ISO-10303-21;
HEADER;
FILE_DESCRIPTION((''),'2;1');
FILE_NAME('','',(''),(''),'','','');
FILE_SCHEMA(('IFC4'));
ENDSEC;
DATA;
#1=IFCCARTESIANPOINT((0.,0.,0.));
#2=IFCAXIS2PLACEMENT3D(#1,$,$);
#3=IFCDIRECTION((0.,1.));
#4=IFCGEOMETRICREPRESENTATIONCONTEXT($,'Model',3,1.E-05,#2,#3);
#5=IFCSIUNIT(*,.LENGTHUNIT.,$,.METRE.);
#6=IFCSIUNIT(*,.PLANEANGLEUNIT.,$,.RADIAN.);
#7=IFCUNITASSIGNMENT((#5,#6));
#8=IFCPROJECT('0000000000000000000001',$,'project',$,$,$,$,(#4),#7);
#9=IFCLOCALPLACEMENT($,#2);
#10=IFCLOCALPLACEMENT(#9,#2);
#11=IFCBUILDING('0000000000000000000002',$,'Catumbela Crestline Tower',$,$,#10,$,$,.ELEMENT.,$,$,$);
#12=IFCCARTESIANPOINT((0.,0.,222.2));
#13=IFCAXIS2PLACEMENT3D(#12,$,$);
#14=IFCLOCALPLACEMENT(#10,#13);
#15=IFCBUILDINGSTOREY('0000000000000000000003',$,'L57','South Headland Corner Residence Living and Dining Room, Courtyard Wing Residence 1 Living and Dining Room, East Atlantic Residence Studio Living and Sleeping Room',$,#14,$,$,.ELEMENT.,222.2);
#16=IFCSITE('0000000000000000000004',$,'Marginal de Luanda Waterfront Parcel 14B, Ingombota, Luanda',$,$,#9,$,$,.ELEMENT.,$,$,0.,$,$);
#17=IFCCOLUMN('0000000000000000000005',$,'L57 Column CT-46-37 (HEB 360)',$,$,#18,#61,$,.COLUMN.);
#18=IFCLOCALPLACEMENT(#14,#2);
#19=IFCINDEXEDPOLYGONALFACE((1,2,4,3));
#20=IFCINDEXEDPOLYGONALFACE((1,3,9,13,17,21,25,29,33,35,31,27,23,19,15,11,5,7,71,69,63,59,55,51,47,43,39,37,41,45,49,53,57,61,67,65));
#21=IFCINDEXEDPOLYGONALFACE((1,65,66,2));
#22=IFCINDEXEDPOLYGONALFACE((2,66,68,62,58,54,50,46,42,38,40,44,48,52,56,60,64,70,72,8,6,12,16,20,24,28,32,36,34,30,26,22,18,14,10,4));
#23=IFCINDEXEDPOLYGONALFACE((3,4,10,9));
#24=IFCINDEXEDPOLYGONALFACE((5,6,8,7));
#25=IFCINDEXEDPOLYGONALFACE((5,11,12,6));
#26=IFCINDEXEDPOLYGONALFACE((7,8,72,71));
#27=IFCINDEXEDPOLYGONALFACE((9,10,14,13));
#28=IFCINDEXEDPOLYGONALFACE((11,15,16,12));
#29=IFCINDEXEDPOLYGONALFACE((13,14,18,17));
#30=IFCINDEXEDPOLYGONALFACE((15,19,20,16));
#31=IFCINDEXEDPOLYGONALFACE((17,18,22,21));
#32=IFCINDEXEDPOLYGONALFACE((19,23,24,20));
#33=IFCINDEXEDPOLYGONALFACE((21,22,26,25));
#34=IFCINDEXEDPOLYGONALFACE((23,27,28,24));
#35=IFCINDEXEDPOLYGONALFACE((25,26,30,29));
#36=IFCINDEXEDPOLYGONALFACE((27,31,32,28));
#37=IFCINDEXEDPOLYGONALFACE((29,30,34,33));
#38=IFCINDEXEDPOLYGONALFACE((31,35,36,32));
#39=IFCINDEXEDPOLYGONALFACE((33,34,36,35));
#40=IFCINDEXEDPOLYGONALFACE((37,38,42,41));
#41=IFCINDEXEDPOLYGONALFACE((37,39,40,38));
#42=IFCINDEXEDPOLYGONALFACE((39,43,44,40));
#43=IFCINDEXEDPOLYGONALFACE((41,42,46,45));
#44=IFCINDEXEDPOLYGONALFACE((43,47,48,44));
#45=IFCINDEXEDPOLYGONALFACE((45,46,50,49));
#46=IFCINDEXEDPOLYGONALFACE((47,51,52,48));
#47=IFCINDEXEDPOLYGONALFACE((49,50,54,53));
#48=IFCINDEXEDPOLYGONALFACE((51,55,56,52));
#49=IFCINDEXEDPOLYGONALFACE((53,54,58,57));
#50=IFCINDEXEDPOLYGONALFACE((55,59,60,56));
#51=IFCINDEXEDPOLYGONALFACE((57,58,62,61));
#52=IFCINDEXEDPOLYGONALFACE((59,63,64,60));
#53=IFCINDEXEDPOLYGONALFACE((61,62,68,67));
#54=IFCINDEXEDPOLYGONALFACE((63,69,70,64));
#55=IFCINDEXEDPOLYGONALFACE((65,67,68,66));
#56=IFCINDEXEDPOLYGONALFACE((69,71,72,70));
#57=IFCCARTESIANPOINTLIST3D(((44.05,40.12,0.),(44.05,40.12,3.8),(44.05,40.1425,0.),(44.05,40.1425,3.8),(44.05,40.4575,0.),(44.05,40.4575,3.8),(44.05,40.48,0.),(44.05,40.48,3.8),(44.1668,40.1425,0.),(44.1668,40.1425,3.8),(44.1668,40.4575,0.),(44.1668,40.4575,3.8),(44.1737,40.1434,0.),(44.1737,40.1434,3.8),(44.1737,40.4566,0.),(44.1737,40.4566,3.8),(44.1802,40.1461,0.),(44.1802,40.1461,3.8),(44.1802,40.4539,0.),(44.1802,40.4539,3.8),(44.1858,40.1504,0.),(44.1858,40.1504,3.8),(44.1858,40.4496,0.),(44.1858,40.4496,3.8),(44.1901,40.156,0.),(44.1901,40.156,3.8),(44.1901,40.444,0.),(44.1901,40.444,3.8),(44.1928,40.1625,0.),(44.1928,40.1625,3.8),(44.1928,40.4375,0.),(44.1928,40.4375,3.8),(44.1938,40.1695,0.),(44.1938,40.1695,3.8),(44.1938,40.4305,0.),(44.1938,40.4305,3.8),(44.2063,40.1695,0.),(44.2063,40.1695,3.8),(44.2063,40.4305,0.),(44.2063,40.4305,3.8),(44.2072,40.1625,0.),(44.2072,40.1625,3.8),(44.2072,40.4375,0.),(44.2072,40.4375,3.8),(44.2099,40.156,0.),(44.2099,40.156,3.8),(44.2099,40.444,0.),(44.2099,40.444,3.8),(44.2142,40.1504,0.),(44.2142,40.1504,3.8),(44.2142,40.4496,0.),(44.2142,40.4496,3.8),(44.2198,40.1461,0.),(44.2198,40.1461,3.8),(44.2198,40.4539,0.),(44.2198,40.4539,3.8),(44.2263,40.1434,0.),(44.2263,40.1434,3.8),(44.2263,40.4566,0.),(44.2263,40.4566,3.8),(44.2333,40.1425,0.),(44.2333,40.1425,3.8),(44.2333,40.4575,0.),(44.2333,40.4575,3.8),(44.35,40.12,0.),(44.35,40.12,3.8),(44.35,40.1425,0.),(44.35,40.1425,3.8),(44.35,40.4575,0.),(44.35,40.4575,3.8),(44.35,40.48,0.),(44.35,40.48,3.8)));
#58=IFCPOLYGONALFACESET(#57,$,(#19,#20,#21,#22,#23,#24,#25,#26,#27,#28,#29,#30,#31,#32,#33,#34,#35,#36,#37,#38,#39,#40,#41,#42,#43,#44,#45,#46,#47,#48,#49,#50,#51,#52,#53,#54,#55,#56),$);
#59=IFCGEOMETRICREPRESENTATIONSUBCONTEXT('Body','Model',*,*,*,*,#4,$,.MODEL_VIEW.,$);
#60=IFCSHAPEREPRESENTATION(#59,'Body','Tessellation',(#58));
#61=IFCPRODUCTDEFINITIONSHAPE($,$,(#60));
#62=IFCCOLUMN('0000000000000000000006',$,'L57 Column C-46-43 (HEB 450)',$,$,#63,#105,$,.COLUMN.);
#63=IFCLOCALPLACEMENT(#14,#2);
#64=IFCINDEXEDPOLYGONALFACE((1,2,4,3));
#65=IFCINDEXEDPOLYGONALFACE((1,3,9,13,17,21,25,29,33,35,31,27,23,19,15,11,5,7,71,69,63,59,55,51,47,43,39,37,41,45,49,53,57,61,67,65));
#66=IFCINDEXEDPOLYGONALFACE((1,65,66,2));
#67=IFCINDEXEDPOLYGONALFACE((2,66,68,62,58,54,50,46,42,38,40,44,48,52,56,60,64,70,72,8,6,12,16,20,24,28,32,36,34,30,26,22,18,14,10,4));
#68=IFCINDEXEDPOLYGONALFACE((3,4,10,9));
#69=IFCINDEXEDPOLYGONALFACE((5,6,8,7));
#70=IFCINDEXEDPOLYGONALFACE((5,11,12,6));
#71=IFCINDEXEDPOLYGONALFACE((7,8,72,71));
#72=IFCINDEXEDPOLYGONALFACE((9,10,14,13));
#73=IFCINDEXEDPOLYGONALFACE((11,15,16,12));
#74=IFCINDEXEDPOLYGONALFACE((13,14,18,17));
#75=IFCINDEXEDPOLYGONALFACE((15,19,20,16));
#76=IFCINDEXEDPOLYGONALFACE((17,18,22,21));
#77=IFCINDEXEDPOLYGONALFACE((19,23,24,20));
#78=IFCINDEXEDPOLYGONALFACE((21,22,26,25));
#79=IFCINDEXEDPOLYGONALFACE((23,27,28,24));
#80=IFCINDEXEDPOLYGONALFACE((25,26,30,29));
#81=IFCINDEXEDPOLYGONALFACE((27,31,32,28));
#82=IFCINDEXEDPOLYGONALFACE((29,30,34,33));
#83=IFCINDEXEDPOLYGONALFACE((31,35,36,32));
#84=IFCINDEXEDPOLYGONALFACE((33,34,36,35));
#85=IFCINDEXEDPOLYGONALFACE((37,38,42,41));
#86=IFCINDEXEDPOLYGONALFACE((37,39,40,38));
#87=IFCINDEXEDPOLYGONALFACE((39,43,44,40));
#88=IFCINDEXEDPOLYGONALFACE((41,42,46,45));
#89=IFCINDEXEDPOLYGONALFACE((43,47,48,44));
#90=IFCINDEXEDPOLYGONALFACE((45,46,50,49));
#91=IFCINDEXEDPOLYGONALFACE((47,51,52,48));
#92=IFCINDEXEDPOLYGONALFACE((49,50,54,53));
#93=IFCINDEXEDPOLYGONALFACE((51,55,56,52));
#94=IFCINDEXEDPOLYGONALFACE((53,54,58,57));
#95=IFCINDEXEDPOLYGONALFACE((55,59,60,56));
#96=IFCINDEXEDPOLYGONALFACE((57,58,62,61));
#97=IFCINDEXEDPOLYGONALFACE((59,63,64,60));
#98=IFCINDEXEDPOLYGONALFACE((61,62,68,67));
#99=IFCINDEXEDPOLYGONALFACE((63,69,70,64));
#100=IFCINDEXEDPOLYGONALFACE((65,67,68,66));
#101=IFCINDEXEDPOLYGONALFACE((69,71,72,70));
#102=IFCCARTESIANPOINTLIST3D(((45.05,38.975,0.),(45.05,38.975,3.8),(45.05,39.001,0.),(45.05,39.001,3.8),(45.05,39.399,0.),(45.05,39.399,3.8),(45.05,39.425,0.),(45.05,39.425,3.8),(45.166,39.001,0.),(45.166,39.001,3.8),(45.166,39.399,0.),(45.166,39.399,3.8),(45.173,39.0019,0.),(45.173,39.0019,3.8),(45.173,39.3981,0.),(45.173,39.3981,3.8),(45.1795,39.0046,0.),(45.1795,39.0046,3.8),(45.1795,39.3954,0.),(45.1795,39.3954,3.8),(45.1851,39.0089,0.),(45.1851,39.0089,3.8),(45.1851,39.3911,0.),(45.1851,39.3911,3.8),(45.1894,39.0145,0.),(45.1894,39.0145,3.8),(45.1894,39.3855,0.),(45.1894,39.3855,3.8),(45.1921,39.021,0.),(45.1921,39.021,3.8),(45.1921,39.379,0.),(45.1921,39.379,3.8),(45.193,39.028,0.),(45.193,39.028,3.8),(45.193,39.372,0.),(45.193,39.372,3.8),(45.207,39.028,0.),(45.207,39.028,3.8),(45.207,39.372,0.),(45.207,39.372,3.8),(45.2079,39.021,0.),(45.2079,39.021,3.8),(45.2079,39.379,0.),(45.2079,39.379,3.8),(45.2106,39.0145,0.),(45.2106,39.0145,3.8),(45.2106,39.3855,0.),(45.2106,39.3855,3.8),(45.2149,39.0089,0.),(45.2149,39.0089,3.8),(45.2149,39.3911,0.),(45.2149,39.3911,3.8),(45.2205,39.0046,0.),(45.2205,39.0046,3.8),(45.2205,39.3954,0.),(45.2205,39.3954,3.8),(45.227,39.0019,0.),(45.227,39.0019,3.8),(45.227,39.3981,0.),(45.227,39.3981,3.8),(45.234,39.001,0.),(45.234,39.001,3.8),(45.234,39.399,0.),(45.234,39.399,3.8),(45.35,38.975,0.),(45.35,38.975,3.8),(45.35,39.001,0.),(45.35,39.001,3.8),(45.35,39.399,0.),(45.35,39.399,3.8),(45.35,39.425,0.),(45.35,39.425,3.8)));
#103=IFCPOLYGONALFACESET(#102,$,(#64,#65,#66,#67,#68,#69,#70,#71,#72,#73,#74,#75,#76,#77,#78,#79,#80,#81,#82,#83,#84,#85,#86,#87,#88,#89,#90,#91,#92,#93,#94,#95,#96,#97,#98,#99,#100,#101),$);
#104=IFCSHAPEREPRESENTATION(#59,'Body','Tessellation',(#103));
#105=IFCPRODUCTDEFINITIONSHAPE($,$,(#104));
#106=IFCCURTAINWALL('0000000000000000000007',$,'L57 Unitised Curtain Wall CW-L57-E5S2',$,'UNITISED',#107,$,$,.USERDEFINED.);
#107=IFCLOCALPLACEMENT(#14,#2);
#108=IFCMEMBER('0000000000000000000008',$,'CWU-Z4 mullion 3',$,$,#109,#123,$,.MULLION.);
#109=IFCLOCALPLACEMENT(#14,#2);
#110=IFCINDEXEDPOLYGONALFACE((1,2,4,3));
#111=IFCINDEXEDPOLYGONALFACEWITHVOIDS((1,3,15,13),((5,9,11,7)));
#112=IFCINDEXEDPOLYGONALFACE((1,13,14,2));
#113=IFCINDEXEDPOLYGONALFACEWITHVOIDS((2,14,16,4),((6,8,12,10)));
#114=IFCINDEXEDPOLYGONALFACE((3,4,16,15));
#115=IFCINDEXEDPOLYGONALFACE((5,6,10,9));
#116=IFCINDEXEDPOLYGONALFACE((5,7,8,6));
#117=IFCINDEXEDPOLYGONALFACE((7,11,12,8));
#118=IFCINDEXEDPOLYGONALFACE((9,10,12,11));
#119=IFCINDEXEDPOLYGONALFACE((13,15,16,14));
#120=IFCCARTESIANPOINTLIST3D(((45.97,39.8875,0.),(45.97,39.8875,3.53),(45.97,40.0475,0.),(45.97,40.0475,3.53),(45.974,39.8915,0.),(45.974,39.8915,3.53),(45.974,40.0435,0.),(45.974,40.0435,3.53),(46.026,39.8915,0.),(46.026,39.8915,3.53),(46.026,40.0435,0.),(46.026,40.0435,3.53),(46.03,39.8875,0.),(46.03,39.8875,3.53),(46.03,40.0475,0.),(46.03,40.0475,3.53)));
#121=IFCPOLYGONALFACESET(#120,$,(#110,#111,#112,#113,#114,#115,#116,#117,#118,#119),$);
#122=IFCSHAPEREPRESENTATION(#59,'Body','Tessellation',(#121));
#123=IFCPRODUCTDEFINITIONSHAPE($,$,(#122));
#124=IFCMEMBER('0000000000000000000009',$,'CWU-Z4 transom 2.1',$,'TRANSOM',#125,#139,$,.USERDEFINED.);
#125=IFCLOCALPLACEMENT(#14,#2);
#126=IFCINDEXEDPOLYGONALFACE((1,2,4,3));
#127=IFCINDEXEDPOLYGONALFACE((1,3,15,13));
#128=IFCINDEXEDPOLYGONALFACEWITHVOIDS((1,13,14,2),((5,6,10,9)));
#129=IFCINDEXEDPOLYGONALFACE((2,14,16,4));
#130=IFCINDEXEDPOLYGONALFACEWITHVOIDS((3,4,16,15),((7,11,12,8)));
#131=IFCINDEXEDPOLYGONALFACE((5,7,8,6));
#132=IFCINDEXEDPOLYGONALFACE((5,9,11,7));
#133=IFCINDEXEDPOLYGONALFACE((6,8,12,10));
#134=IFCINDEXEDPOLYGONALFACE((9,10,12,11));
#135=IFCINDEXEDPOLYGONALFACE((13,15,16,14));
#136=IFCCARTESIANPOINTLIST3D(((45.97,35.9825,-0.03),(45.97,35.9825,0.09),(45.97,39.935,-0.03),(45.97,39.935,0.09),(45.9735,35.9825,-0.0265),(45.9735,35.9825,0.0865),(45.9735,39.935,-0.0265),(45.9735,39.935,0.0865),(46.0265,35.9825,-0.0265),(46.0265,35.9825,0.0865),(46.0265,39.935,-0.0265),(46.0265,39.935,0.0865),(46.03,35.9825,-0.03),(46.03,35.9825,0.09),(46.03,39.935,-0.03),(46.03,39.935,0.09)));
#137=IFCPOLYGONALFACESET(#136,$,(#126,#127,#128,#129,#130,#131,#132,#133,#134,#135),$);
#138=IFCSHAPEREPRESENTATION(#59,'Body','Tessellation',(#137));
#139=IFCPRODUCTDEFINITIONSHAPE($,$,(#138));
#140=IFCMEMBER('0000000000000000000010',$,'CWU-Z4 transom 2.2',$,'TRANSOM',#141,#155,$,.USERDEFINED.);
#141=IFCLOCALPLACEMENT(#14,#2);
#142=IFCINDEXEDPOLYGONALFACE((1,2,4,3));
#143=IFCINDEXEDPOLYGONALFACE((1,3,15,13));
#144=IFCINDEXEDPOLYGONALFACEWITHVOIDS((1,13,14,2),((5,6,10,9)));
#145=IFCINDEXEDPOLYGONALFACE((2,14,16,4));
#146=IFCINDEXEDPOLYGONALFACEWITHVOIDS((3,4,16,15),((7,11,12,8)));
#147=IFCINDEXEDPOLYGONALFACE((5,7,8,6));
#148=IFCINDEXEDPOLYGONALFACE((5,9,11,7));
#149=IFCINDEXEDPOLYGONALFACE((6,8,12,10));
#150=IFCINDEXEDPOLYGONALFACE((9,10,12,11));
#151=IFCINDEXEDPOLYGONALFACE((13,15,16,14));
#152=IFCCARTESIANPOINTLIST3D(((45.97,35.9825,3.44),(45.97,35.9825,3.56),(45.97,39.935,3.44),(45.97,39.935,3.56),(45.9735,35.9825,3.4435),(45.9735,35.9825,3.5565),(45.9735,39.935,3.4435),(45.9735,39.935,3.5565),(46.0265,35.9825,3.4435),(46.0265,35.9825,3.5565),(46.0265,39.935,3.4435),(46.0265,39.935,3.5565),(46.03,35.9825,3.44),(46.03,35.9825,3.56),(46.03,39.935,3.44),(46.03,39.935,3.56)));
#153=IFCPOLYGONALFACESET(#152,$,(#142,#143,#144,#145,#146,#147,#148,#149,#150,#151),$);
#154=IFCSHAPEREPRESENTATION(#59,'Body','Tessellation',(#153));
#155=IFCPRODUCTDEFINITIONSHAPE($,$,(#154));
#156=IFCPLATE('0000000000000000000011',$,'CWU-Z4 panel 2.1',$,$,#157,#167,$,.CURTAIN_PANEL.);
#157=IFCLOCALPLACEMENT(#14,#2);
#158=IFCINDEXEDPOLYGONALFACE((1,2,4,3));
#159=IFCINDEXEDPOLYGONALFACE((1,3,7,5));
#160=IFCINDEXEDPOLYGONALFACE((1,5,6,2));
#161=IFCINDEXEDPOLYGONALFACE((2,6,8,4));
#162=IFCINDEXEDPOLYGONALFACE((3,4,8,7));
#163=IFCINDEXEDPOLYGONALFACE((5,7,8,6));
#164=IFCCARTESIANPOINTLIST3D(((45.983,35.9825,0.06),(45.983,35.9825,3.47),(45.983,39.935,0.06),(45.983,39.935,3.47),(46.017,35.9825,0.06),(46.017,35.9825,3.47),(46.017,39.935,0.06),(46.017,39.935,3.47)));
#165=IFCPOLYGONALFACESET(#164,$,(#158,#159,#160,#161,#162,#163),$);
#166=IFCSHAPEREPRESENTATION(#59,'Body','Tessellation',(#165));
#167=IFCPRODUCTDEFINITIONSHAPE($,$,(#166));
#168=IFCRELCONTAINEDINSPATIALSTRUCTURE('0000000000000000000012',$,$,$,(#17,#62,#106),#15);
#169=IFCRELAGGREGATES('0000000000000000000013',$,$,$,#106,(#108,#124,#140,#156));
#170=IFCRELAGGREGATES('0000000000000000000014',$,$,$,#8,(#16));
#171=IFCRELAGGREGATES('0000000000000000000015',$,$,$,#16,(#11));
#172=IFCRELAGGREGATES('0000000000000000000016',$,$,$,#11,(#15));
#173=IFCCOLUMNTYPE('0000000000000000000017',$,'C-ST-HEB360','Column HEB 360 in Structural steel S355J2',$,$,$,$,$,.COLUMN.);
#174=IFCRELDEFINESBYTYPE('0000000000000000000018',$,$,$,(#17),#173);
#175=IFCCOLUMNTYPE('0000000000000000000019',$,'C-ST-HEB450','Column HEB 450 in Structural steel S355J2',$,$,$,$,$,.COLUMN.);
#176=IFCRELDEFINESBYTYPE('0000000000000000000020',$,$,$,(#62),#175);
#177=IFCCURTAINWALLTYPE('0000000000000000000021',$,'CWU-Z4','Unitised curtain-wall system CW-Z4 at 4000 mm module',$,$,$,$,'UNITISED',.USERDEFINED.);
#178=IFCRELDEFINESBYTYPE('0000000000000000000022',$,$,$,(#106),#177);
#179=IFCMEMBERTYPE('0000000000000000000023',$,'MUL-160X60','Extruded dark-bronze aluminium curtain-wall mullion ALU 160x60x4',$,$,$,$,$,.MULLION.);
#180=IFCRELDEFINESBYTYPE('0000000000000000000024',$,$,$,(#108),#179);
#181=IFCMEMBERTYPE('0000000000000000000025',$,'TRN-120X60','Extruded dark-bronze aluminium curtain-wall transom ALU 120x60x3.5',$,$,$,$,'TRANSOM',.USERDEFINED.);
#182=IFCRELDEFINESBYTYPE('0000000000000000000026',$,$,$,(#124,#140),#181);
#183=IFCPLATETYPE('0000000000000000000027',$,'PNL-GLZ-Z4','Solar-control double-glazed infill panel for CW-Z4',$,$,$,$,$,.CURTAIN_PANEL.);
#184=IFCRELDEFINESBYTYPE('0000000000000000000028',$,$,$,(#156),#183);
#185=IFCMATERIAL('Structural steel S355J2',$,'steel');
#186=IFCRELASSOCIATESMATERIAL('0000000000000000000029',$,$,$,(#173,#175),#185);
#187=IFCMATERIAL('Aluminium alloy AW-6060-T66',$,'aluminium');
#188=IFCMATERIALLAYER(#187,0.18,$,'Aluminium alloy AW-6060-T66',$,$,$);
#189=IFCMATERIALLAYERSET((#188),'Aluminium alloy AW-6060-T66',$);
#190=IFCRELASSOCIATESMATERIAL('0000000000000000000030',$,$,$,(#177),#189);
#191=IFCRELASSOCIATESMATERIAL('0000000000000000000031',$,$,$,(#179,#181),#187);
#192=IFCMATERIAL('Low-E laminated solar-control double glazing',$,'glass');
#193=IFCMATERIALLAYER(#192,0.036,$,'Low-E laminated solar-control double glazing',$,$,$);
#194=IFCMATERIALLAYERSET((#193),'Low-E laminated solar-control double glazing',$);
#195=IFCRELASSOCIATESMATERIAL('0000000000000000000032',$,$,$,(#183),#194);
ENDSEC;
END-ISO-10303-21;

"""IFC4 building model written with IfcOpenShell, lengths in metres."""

from ifc_helpers import new_model, si_unit, direction, frame, origin, origin_2d, place, context, subcontext, project, spatial, rectangle, hollow_rectangle, i_section, extrude, material, layer, layer_set, material_profile, profile_set, type_object, element, aggregate, save


model = new_model("IFC4")

# Units and contexts
model_context = context("Model", 3, precision=1e-05, world=origin(), true_north=direction((0.0, 1.0)))
body_context = subcontext(model_context, "Body", "Model", "MODEL_VIEW")
ifc_project = project(units=[si_unit("LENGTHUNIT", "METRE"), si_unit("PLANEANGLEUNIT", "RADIAN")], contexts=[model_context])

# Site, building, storey
site_placement = place(None, origin())
site = spatial("IfcSite", under=ifc_project, at=site_placement, Name="Marginal de Luanda Waterfront Parcel 14B, Ingombota, Luanda", CompositionType="ELEMENT", RefElevation=0.0)
building_placement = place(site_placement, origin())
building = spatial("IfcBuilding", under=site, at=building_placement, Name="Catumbela Crestline Tower", CompositionType="ELEMENT")
storey_placement = place(building_placement, frame((0.0, 0.0, 222.2)))
storey = spatial("IfcBuildingStorey", under=building, at=storey_placement, Name="L57", Description="South Headland Corner Residence Living and Dining Room, Courtyard Wing Residence 1 Living and Dining Room, East Atlantic Residence Studio Living and Sleeping Room", CompositionType="ELEMENT", Elevation=222.2)

# Columns
ifc_material_1 = material(Name="Structural steel S355J2", Category="steel")
ifc_material_profile_1 = material_profile(ifc_material_1, i_section(OverallWidth=0.3, OverallDepth=0.36, WebThickness=0.0125, FlangeThickness=0.0225, FilletRadius=0.027, at=origin_2d()), Name="HEB 360")
ifc_profile_set_1 = profile_set([ifc_material_profile_1], Name="Structural steel S355J2")
column_type_1 = type_object("IfcColumnType", Name="C-ST-HEB360", Description="Column HEB 360 in Structural steel S355J2", PredefinedType="COLUMN", material=ifc_profile_set_1)
column_1_placement = place(storey_placement, frame((44.2, 40.3, 0.0), z_axis=(0.0, 0.0, 1.0), x_axis=(1.0, 0.0, 0.0)))
element("IfcColumn", 1, at=column_1_placement, inside=storey, type_object=column_type_1, Name="L57 Column CT-46-37 (HEB 360)", PredefinedType="COLUMN", context=body_context, shape_type="SweptSolid", body=[
    extrude(i_section(OverallWidth=0.3, OverallDepth=0.36, WebThickness=0.0125, FlangeThickness=0.0225, FilletRadius=0.027, at=origin_2d()), origin(), (0.0, 0.0, 1.0), 3.8),
])
ifc_material_profile_2 = material_profile(ifc_material_1, i_section(OverallWidth=0.3, OverallDepth=0.45, WebThickness=0.014, FlangeThickness=0.026, FilletRadius=0.027, at=origin_2d()), Name="HEB 450")
ifc_profile_set_2 = profile_set([ifc_material_profile_2], Name="Structural steel S355J2")
column_type_2 = type_object("IfcColumnType", Name="C-ST-HEB450", Description="Column HEB 450 in Structural steel S355J2", PredefinedType="COLUMN", material=ifc_profile_set_2)
column_2_placement = place(storey_placement, frame((45.2, 39.2, 0.0), z_axis=(0.0, 0.0, 1.0), x_axis=(1.0, 0.0, 0.0)))
element("IfcColumn", 2, at=column_2_placement, inside=storey, type_object=column_type_2, Name="L57 Column C-46-43 (HEB 450)", PredefinedType="COLUMN", context=body_context, shape_type="SweptSolid", body=[
    extrude(i_section(OverallWidth=0.3, OverallDepth=0.45, WebThickness=0.014, FlangeThickness=0.026, FilletRadius=0.027, at=origin_2d()), origin(), (0.0, 0.0, 1.0), 3.8),
])

# Curtain wall, members, plate
ifc_material_2 = material(Name="Aluminium alloy AW-6060-T66", Category="aluminium")
ifc_layer_1 = layer(ifc_material_2, 0.18, Name="Aluminium alloy AW-6060-T66")
ifc_layer_set_1 = layer_set([ifc_layer_1], Name="Aluminium alloy AW-6060-T66")
curtain_wall_type = type_object("IfcCurtainWallType", Name="CWU-Z4", Description="Unitised curtain-wall system CW-Z4 at 4000 mm module", ElementType="UNITISED", PredefinedType="USERDEFINED", material=ifc_layer_set_1)
curtain_wall_placement = place(storey_placement, origin())
curtain_wall = element("IfcCurtainWall", 3, at=curtain_wall_placement, inside=storey, type_object=curtain_wall_type, Name="L57 Unitised Curtain Wall CW-L57-E5S2", ObjectType="UNITISED", PredefinedType="USERDEFINED")
ifc_material_profile_3 = material_profile(ifc_material_2, hollow_rectangle(XDim=0.06, YDim=0.16, WallThickness=0.004, at=origin_2d()), Name="ALU 160x60x4")
ifc_profile_set_3 = profile_set([ifc_material_profile_3], Name="Aluminium alloy AW-6060-T66")
member_type_1 = type_object("IfcMemberType", Name="MUL-160X60", Description="Extruded dark-bronze aluminium curtain-wall mullion ALU 160x60x4", PredefinedType="MULLION", material=ifc_profile_set_3)
member_1_placement = place(storey_placement, frame((46.0, 39.9675, 0.0), z_axis=(0.0, 0.0, 1.0), x_axis=(-1.0, 0.0, 0.0)))
member_1 = element("IfcMember", 4, at=member_1_placement, type_object=member_type_1, Name="CWU-Z4 mullion 3", PredefinedType="MULLION", context=body_context, shape_type="SweptSolid", body=[
    extrude(hollow_rectangle(XDim=0.06, YDim=0.16, WallThickness=0.004, at=origin_2d()), origin(), (0.0, 0.0, 1.0), 3.53),
])
ifc_material_profile_4 = material_profile(ifc_material_2, hollow_rectangle(XDim=0.06, YDim=0.12, WallThickness=0.0035, at=origin_2d()), Name="ALU 120x60x3.5")
ifc_profile_set_4 = profile_set([ifc_material_profile_4], Name="Aluminium alloy AW-6060-T66")
member_type_2 = type_object("IfcMemberType", Name="TRN-120X60", Description="Extruded dark-bronze aluminium curtain-wall transom ALU 120x60x3.5", ElementType="TRANSOM", PredefinedType="USERDEFINED", material=ifc_profile_set_4)
member_2_placement = place(storey_placement, frame((46.0, 35.9825, 0.03), z_axis=(0.0, 1.0, 0.0), x_axis=(-1.0, 0.0, 0.0)))
member_2 = element("IfcMember", 5, at=member_2_placement, type_object=member_type_2, Name="CWU-Z4 transom 2.1", ObjectType="TRANSOM", PredefinedType="USERDEFINED", context=body_context, shape_type="SweptSolid", body=[
    extrude(hollow_rectangle(XDim=0.06, YDim=0.12, WallThickness=0.0035, at=origin_2d()), origin(), (0.0, 0.0, 1.0), 3.9525),
])
member_3_placement = place(storey_placement, frame((46.0, 35.9825, 3.5), z_axis=(0.0, 1.0, 0.0), x_axis=(-1.0, 0.0, 0.0)))
member_3 = element("IfcMember", 6, at=member_3_placement, type_object=member_type_2, Name="CWU-Z4 transom 2.2", ObjectType="TRANSOM", PredefinedType="USERDEFINED", context=body_context, shape_type="SweptSolid", body=[
    extrude(hollow_rectangle(XDim=0.06, YDim=0.12, WallThickness=0.0035, at=origin_2d()), origin(), (0.0, 0.0, 1.0), 3.9525),
])
ifc_material_3 = material(Name="Low-E laminated solar-control double glazing", Category="glass")
ifc_layer_2 = layer(ifc_material_3, 0.036, Name="Low-E laminated solar-control double glazing")
ifc_layer_set_2 = layer_set([ifc_layer_2], Name="Low-E laminated solar-control double glazing")
plate_type = type_object("IfcPlateType", Name="PNL-GLZ-Z4", Description="Solar-control double-glazed infill panel for CW-Z4", PredefinedType="CURTAIN_PANEL", material=ifc_layer_set_2)
plate_placement = place(storey_placement, frame((46.0, 37.9588, 0.06), z_axis=(0.0, 0.0, 1.0), x_axis=(0.0, 1.0, 0.0)))
plate = element("IfcPlate", 7, at=plate_placement, type_object=plate_type, Name="CWU-Z4 panel 2.1", PredefinedType="CURTAIN_PANEL", context=body_context, shape_type="SweptSolid", body=[
    extrude(rectangle(XDim=3.9525, YDim=0.034, at=origin_2d()), origin(), (0.0, 0.0, 1.0), 3.41),
])
aggregate(curtain_wall, [member_1, member_2, member_3, plate])

save(model, "model.ifc")
